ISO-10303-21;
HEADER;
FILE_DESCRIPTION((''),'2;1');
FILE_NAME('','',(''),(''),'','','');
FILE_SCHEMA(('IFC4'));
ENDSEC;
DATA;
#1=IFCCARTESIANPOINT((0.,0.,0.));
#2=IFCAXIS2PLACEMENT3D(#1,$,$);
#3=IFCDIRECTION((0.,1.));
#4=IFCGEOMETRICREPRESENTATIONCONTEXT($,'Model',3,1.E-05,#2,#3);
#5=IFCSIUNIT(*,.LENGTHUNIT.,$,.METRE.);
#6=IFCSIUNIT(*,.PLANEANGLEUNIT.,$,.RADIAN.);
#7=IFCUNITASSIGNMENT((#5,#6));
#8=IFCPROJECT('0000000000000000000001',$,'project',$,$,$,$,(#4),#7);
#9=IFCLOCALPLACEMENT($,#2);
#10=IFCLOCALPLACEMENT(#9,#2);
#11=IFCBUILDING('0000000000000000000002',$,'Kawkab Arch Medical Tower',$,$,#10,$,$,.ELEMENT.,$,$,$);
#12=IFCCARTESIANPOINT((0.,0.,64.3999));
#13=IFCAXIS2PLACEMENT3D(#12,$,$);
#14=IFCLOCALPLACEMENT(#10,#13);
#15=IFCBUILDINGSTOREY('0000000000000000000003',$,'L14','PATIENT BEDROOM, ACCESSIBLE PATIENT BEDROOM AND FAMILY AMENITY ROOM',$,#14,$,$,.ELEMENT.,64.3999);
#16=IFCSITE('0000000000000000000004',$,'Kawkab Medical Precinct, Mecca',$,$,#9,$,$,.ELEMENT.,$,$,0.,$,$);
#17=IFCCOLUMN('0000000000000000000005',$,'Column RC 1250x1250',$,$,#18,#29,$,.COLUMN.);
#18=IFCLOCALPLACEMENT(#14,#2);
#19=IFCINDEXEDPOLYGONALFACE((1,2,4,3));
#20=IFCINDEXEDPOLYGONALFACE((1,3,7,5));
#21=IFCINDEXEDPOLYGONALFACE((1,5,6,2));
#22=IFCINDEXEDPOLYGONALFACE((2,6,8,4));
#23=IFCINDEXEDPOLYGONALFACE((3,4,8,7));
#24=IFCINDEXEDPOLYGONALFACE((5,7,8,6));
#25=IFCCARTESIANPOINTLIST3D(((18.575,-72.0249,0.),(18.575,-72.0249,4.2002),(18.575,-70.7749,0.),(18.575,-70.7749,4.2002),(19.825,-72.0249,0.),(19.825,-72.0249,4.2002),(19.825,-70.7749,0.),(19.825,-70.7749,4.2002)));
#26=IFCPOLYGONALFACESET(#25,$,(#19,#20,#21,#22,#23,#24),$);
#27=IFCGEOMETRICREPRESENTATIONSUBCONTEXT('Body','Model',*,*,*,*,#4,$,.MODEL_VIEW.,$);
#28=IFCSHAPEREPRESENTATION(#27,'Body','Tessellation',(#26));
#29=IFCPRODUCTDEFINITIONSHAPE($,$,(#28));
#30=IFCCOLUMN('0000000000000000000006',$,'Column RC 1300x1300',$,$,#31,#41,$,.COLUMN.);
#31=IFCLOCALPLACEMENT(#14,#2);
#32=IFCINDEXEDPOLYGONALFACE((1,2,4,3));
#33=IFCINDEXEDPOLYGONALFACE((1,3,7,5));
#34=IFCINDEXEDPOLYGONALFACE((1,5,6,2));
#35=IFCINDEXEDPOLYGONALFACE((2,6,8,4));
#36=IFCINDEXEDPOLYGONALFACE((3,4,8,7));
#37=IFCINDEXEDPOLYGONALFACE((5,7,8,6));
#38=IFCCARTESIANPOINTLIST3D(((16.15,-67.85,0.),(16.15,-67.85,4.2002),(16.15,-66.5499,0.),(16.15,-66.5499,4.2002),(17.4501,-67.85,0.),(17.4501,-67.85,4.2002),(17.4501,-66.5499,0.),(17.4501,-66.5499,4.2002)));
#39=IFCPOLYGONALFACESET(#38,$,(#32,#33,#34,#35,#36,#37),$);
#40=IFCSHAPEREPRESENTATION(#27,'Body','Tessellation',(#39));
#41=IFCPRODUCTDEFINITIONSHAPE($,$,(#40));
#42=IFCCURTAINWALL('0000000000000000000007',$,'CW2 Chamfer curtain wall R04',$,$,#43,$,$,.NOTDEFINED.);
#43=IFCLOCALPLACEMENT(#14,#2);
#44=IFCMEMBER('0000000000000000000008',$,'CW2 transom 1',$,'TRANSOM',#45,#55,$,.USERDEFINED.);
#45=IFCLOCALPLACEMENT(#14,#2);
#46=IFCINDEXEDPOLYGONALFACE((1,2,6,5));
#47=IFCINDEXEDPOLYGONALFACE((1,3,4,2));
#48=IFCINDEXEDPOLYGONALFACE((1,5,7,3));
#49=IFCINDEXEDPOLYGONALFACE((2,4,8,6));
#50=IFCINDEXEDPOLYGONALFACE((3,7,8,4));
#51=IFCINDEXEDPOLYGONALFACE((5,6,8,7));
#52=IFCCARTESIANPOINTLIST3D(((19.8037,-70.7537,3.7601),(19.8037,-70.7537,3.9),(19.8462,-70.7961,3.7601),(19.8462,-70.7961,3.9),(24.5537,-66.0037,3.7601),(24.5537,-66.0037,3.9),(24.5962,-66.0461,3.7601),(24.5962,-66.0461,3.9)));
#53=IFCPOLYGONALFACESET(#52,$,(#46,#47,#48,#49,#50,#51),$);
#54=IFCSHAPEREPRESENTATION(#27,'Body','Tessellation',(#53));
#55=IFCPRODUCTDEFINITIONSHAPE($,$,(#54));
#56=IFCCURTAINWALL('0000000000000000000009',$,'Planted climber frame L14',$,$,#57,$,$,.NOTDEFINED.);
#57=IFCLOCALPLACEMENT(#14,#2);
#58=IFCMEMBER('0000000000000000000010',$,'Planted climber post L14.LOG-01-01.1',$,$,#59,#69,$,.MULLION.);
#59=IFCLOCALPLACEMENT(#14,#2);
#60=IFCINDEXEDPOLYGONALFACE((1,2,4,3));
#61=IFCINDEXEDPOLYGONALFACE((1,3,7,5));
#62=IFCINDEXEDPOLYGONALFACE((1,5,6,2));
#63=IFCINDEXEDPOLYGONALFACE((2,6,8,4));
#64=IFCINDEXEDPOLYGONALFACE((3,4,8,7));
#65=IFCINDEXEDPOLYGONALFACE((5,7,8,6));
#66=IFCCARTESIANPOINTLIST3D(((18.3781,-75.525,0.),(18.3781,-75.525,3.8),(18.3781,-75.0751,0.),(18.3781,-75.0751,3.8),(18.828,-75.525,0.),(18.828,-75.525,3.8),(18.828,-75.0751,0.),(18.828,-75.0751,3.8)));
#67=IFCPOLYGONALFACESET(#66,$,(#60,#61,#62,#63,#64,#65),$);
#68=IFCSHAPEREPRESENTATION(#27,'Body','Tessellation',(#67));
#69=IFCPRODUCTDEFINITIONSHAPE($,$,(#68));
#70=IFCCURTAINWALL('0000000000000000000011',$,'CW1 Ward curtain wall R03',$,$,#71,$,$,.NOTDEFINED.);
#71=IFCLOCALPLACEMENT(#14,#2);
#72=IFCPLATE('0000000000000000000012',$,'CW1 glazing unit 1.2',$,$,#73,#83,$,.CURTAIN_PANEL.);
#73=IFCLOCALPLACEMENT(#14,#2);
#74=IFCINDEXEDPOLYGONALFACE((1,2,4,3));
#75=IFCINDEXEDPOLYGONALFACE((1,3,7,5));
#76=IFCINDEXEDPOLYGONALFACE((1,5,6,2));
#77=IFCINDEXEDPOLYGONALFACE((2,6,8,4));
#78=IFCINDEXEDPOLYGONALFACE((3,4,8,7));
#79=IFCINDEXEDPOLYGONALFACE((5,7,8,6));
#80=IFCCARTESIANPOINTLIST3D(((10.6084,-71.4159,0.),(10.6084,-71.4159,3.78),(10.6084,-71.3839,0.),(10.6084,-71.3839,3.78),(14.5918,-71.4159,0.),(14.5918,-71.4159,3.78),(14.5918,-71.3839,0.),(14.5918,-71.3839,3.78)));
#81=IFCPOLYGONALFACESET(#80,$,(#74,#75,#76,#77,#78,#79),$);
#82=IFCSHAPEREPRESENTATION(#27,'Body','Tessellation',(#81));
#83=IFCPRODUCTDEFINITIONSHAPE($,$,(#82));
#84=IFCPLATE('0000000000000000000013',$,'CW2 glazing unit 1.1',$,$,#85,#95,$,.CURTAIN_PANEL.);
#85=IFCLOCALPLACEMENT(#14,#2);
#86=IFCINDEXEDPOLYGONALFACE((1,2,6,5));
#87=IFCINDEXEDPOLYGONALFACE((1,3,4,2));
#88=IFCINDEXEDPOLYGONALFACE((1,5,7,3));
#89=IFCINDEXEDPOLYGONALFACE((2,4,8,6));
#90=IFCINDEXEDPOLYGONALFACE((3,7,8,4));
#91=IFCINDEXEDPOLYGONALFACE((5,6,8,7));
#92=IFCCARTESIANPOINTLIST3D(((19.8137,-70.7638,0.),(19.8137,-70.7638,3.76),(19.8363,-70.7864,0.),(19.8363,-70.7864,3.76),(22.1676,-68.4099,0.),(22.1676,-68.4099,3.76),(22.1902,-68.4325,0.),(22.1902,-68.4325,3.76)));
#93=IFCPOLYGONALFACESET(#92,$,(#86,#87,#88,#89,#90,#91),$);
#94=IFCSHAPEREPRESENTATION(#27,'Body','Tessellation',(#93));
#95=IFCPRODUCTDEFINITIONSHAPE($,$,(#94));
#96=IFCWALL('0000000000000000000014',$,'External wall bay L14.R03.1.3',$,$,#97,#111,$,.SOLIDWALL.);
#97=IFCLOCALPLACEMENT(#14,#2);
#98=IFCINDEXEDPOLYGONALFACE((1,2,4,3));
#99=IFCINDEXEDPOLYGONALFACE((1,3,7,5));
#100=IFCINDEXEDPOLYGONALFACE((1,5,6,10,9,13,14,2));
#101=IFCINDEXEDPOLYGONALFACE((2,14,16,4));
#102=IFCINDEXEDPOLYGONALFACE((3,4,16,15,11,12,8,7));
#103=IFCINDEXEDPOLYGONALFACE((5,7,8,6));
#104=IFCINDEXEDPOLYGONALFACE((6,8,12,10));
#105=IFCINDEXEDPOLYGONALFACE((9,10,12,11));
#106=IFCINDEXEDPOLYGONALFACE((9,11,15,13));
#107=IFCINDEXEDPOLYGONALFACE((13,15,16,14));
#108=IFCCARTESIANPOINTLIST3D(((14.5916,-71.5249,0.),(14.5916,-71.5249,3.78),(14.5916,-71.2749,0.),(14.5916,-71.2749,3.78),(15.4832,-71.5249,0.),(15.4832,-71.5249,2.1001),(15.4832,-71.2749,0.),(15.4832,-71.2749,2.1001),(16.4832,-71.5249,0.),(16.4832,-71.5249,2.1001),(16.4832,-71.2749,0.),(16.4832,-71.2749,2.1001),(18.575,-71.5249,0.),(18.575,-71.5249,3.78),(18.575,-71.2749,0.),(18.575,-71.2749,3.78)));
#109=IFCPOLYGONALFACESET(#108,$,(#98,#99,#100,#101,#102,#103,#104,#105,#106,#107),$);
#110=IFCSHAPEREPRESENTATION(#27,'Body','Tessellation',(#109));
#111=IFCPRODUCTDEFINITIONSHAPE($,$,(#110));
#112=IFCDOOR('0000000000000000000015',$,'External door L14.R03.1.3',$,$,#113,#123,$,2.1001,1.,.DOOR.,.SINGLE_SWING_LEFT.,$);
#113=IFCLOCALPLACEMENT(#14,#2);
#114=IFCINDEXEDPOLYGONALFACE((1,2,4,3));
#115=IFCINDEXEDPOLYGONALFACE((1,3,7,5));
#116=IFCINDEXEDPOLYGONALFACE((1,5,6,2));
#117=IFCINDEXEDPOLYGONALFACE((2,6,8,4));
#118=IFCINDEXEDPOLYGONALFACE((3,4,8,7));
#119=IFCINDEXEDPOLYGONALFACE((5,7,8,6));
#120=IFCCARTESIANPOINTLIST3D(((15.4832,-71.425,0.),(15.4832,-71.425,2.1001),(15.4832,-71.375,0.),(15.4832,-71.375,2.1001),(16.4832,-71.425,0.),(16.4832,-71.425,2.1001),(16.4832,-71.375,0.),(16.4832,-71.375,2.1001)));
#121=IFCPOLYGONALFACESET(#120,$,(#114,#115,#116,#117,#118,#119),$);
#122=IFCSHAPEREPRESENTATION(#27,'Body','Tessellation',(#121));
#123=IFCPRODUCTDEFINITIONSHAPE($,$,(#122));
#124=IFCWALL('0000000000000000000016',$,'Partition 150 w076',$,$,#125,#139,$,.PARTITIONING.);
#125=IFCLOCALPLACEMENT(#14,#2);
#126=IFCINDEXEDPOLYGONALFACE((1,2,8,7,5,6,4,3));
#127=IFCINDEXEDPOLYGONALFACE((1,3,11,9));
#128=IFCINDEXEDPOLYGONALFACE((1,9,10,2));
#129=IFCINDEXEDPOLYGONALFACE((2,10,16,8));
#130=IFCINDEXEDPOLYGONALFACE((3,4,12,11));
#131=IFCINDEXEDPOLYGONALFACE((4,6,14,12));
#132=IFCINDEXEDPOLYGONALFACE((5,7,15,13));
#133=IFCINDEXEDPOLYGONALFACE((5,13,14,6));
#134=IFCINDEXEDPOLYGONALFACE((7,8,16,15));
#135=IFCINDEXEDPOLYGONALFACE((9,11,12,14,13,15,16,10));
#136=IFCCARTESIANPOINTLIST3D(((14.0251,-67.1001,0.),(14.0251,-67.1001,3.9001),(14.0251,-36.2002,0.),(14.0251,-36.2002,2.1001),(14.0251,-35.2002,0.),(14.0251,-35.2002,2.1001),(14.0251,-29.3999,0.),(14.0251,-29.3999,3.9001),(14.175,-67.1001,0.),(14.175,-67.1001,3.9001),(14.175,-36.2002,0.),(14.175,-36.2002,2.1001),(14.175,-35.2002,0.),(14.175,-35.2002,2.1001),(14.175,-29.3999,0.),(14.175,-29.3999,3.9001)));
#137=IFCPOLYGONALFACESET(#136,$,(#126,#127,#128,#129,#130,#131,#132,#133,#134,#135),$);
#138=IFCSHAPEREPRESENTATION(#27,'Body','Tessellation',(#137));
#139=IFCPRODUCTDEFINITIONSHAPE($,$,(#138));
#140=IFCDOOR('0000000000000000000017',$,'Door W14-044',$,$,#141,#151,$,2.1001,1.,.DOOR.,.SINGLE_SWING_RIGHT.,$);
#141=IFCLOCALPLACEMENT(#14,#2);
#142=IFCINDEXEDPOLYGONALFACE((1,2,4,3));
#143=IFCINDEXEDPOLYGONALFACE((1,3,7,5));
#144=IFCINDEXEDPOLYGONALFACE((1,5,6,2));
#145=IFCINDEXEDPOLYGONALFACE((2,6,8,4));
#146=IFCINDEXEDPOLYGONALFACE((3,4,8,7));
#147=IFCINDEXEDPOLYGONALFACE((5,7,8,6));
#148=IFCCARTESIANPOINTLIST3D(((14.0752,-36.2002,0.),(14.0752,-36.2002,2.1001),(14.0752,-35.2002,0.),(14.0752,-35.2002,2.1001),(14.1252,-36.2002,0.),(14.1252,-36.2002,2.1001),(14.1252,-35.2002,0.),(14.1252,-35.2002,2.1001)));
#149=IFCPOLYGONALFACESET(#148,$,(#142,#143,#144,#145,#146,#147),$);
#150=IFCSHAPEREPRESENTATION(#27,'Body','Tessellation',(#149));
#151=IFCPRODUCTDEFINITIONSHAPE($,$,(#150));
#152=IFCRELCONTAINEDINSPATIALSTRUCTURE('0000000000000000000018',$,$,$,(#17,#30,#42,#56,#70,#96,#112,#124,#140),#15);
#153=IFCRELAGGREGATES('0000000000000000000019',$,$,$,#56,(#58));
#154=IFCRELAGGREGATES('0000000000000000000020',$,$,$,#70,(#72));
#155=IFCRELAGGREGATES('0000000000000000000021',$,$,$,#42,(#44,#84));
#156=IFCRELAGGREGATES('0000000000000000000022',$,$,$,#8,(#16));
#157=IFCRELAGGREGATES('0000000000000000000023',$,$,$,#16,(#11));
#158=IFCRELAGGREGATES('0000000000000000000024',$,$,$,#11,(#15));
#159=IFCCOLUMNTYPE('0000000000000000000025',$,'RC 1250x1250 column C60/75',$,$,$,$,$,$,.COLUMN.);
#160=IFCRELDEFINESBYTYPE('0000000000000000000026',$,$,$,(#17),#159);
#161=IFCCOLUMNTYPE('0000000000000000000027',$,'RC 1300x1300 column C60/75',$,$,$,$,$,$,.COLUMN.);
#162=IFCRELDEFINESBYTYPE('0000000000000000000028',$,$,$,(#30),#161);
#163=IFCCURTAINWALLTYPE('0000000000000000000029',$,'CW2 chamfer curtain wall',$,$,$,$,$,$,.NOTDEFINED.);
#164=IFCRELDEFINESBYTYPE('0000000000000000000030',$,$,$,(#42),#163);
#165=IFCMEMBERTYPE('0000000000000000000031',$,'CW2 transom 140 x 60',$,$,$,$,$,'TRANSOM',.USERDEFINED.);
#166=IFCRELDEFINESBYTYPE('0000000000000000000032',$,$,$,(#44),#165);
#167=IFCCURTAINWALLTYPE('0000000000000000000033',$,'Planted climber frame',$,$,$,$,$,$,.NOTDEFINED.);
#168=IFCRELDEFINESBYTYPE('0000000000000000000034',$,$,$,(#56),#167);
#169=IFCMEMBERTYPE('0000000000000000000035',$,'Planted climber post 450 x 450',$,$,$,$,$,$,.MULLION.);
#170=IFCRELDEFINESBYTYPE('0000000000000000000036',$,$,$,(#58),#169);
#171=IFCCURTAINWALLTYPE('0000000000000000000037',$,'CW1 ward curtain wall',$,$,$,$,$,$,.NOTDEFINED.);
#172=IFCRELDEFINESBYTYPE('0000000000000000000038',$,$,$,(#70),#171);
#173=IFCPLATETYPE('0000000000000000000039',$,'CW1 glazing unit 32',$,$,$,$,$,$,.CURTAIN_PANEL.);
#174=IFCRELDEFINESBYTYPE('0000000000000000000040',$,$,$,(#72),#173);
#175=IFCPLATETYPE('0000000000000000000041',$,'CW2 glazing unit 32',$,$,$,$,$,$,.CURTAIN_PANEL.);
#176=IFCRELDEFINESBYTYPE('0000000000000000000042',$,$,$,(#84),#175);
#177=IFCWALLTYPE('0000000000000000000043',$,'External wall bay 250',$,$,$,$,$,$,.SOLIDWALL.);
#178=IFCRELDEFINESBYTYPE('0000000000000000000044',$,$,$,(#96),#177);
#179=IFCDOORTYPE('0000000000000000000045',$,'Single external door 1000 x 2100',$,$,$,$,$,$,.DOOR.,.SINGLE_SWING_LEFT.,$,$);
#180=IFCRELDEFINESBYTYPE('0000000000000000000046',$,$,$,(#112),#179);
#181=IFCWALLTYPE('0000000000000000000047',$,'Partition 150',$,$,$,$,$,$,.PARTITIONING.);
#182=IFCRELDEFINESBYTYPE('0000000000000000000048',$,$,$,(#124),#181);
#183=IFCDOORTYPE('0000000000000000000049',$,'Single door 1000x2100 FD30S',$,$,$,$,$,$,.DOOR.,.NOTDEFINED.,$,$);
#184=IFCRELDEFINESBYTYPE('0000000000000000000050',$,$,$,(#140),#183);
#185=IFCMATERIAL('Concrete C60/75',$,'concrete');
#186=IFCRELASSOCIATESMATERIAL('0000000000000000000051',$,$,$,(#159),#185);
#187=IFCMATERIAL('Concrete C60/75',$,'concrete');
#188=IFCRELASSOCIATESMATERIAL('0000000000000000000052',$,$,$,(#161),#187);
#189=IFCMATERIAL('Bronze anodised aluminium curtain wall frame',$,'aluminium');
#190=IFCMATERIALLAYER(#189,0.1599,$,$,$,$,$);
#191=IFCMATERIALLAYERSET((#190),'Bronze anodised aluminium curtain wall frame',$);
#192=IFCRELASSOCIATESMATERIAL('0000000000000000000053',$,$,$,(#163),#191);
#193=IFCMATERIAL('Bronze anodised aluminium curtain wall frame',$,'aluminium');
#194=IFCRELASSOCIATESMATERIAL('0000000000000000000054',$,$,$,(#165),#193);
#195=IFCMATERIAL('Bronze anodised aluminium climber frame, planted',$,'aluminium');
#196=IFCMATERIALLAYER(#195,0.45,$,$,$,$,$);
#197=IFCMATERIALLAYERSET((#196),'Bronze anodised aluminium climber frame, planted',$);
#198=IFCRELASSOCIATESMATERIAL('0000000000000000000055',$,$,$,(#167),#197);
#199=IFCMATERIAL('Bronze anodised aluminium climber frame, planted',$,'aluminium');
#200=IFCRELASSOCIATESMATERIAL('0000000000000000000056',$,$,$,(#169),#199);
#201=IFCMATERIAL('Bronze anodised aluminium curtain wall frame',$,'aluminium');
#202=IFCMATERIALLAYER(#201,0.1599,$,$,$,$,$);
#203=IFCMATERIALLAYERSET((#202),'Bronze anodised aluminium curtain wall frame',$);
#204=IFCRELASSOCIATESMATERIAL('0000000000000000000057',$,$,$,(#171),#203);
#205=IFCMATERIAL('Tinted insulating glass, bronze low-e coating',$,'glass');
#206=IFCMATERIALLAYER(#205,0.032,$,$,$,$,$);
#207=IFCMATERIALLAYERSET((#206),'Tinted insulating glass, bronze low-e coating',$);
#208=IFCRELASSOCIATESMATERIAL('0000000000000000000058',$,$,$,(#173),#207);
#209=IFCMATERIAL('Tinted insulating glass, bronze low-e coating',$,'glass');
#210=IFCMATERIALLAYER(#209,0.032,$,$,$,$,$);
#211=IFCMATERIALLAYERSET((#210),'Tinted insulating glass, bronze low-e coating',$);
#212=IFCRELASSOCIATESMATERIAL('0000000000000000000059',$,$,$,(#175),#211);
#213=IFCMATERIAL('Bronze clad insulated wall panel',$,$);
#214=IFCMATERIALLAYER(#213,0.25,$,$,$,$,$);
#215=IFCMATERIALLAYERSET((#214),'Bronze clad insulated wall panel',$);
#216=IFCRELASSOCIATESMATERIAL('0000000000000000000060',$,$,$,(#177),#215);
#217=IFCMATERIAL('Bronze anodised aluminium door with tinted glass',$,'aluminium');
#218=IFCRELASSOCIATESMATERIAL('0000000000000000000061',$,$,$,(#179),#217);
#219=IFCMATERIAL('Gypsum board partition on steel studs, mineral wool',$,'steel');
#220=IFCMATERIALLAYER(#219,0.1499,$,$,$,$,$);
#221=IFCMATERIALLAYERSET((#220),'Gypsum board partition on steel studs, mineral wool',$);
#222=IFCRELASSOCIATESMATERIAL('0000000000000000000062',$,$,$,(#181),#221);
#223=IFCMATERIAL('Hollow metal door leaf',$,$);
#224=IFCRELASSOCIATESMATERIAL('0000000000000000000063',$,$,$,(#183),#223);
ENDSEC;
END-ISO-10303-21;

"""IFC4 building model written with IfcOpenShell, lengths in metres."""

from ifc_helpers import new_model, si_unit, direction, frame, frame_2d, origin, origin_2d, place, context, subcontext, project, spatial, rectangle, extrude, material, layer, layer_set, material_profile, profile_set, type_object, element, fill, aggregate, save


model = new_model("IFC4")

# Units and contexts
model_context = context("Model", 3, precision=1e-05, world=origin(), true_north=direction((0.0, 1.0)))
body_context = subcontext(model_context, "Body", "Model", "MODEL_VIEW")
ifc_project = project(units=[si_unit("LENGTHUNIT", "METRE"), si_unit("PLANEANGLEUNIT", "RADIAN")], contexts=[model_context])

# Site, building, storey
site_placement = place(None, origin())
site = spatial("IfcSite", under=ifc_project, at=site_placement, Name="Kawkab Medical Precinct, Mecca", CompositionType="ELEMENT", RefElevation=0.0)
building_placement = place(site_placement, origin())
building = spatial("IfcBuilding", under=site, at=building_placement, Name="Kawkab Arch Medical Tower", CompositionType="ELEMENT")
storey_placement = place(building_placement, frame((0.0, 0.0, 64.3999)))
storey = spatial("IfcBuildingStorey", under=building, at=storey_placement, Name="L14", Description="PATIENT BEDROOM, ACCESSIBLE PATIENT BEDROOM AND FAMILY AMENITY ROOM", CompositionType="ELEMENT", Elevation=64.3999)

# Columns
ifc_material_1 = material(Name="Concrete C60/75", Category="concrete")
ifc_material_profile_1 = material_profile(ifc_material_1, rectangle(XDim=1.25, YDim=1.25, at=origin_2d()), Name="RC 1250x1250")
ifc_profile_set_1 = profile_set([ifc_material_profile_1], Name="Concrete C60/75")
column_type_1 = type_object("IfcColumnType", Name="RC 1250x1250 column C60/75", PredefinedType="COLUMN", material=ifc_profile_set_1)
column_1_placement = place(storey_placement, frame((19.2, -71.3999, 0.0), z_axis=(0.0, 0.0, 1.0), x_axis=(1.0, 0.0, 0.0)))
element("IfcColumn", 1, at=column_1_placement, inside=storey, type_object=column_type_1, Name="Column RC 1250x1250", PredefinedType="COLUMN", context=body_context, shape_type="SweptSolid", body=[
    extrude(rectangle(XDim=1.25, YDim=1.25, at=origin_2d()), origin(), (0.0, 0.0, 1.0), 4.2002),
])
ifc_material_2 = material(Name="Concrete C60/75", Category="concrete")
ifc_material_profile_2 = material_profile(ifc_material_2, rectangle(XDim=1.3, YDim=1.3, at=origin_2d()), Name="RC 1300x1300")
ifc_profile_set_2 = profile_set([ifc_material_profile_2], Name="Concrete C60/75")
column_type_2 = type_object("IfcColumnType", Name="RC 1300x1300 column C60/75", PredefinedType="COLUMN", material=ifc_profile_set_2)
column_2_placement = place(storey_placement, frame((16.8, -67.2, 0.0), z_axis=(0.0, 0.0, 1.0), x_axis=(1.0, 0.0, 0.0)))
element("IfcColumn", 2, at=column_2_placement, inside=storey, type_object=column_type_2, Name="Column RC 1300x1300", PredefinedType="COLUMN", context=body_context, shape_type="SweptSolid", body=[
    extrude(rectangle(XDim=1.3, YDim=1.3, at=origin_2d()), origin(), (0.0, 0.0, 1.0), 4.2002),
])

# Curtain walls, members
ifc_material_3 = material(Name="Bronze anodised aluminium curtain wall frame", Category="aluminium")
ifc_layer_1 = layer(ifc_material_3, 0.1599)
ifc_layer_set_1 = layer_set([ifc_layer_1], Name="Bronze anodised aluminium curtain wall frame")
curtain_wall_type_1 = type_object("IfcCurtainWallType", Name="CW2 chamfer curtain wall", PredefinedType="NOTDEFINED", material=ifc_layer_set_1)
placement = place(storey_placement, origin())
curtain_wall_1 = element("IfcCurtainWall", 3, at=placement, inside=storey, type_object=curtain_wall_type_1, Name="CW2 Chamfer curtain wall R04", PredefinedType="NOTDEFINED")
ifc_material_4 = material(Name="Bronze anodised aluminium curtain wall frame", Category="aluminium")
ifc_material_profile_3 = material_profile(ifc_material_4, rectangle(XDim=0.0601, YDim=0.1399, at=origin_2d()), Name="AL 60x140")
ifc_profile_set_3 = profile_set([ifc_material_profile_3], Name="Bronze anodised aluminium curtain wall frame")
member_type_1 = type_object("IfcMemberType", Name="CW2 transom 140 x 60", ElementType="TRANSOM", PredefinedType="USERDEFINED", material=ifc_profile_set_3)
member_1_placement = place(storey_placement, frame((19.825, -70.7749, 3.8301), z_axis=(0.707107, 0.707107, 0.0), x_axis=(-0.707107, 0.707107, 0.0)))
member_1 = element("IfcMember", 4, at=member_1_placement, type_object=member_type_1, Name="CW2 transom 1", ObjectType="TRANSOM", PredefinedType="USERDEFINED", context=body_context, shape_type="SweptSolid", body=[
    extrude(rectangle(XDim=0.0601, YDim=0.1399, at=origin_2d()), origin(), (0.0, 0.0, 1.0), 6.7175),
])
ifc_material_5 = material(Name="Bronze anodised aluminium climber frame, planted", Category="aluminium")
ifc_layer_2 = layer(ifc_material_5, 0.45)
ifc_layer_set_2 = layer_set([ifc_layer_2], Name="Bronze anodised aluminium climber frame, planted")
curtain_wall_type_2 = type_object("IfcCurtainWallType", Name="Planted climber frame", PredefinedType="NOTDEFINED", material=ifc_layer_set_2)
curtain_wall_2 = element("IfcCurtainWall", 5, at=placement, inside=storey, type_object=curtain_wall_type_2, Name="Planted climber frame L14", PredefinedType="NOTDEFINED")
ifc_material_6 = material(Name="Bronze anodised aluminium climber frame, planted", Category="aluminium")
ifc_material_profile_4 = material_profile(ifc_material_6, rectangle(XDim=0.45, YDim=0.45, at=origin_2d()), Name="Post 450x450")
ifc_profile_set_4 = profile_set([ifc_material_profile_4], Name="Bronze anodised aluminium climber frame, planted")
member_type_2 = type_object("IfcMemberType", Name="Planted climber post 450 x 450", PredefinedType="MULLION", material=ifc_profile_set_4)
member_2_placement = place(storey_placement, frame((18.603, -75.3, 0.0), z_axis=(0.0, 0.0, 1.0), x_axis=(1.0, 0.0, 0.0)))
member_2 = element("IfcMember", 6, at=member_2_placement, type_object=member_type_2, Name="Planted climber post L14.LOG-01-01.1", PredefinedType="MULLION", context=body_context, shape_type="SweptSolid", body=[
    extrude(rectangle(XDim=0.45, YDim=0.45, at=origin_2d()), origin(), (0.0, 0.0, 1.0), 3.8),
])
aggregate(curtain_wall_2, [member_2])

# Curtain wall, plate
ifc_material_7 = material(Name="Bronze anodised aluminium curtain wall frame", Category="aluminium")
ifc_layer_3 = layer(ifc_material_7, 0.1599)
ifc_layer_set_3 = layer_set([ifc_layer_3], Name="Bronze anodised aluminium curtain wall frame")
curtain_wall_type_3 = type_object("IfcCurtainWallType", Name="CW1 ward curtain wall", PredefinedType="NOTDEFINED", material=ifc_layer_set_3)
curtain_wall_3 = element("IfcCurtainWall", 7, at=placement, inside=storey, type_object=curtain_wall_type_3, Name="CW1 Ward curtain wall R03", PredefinedType="NOTDEFINED")
ifc_material_8 = material(Name="Tinted insulating glass, bronze low-e coating", Category="glass")
ifc_layer_4 = layer(ifc_material_8, 0.032)
ifc_layer_set_4 = layer_set([ifc_layer_4], Name="Tinted insulating glass, bronze low-e coating")
plate_type_1 = type_object("IfcPlateType", Name="CW1 glazing unit 32", PredefinedType="CURTAIN_PANEL", material=ifc_layer_set_4)
plate_1_placement = place(storey_placement, frame((12.6001, -71.3999, 0.0), z_axis=(0.0, 0.0, 1.0), x_axis=(1.0, 0.0, 0.0)))
plate_1 = element("IfcPlate", 8, at=plate_1_placement, type_object=plate_type_1, Name="CW1 glazing unit 1.2", PredefinedType="CURTAIN_PANEL", context=body_context, shape_type="SweptSolid", body=[
    extrude(rectangle(XDim=3.9834, YDim=0.032, at=origin_2d()), origin(), (0.0, 0.0, 1.0), 3.78),
])
aggregate(curtain_wall_3, [plate_1])

# Plate
ifc_material_9 = material(Name="Tinted insulating glass, bronze low-e coating", Category="glass")
ifc_layer_5 = layer(ifc_material_9, 0.032)
ifc_layer_set_5 = layer_set([ifc_layer_5], Name="Tinted insulating glass, bronze low-e coating")
plate_type_2 = type_object("IfcPlateType", Name="CW2 glazing unit 32", PredefinedType="CURTAIN_PANEL", material=ifc_layer_set_5)
plate_2_placement = place(storey_placement, frame((21.002, -69.5981, 0.0), z_axis=(0.0, 0.0, 1.0), x_axis=(0.707107, 0.707107, 0.0)))
plate_2 = element("IfcPlate", 9, at=plate_2_placement, type_object=plate_type_2, Name="CW2 glazing unit 1.1", PredefinedType="CURTAIN_PANEL", context=body_context, shape_type="SweptSolid", body=[
    extrude(rectangle(XDim=3.3289, YDim=0.032, at=origin_2d()), origin(), (0.0, 0.0, 1.0), 3.76),
])
aggregate(curtain_wall_1, [member_1, plate_2])

# Walls, openings, doors
ifc_material_10 = material(Name="Bronze clad insulated wall panel")
ifc_layer_6 = layer(ifc_material_10, 0.25)
ifc_layer_set_6 = layer_set([ifc_layer_6], Name="Bronze clad insulated wall panel")
wall_type_1 = type_object("IfcWallType", Name="External wall bay 250", PredefinedType="SOLIDWALL", material=ifc_layer_set_6)
wall_1_placement = place(storey_placement, frame((14.5916, -71.3999, 0.0), z_axis=(0.0, 0.0, 1.0), x_axis=(1.0, 0.0, 0.0)))
wall_1 = element("IfcWall", 10, at=wall_1_placement, inside=storey, type_object=wall_type_1, Name="External wall bay L14.R03.1.3", PredefinedType="SOLIDWALL", context=body_context, shape_type="SweptSolid", body=[
    extrude(rectangle(XDim=3.9834, YDim=0.25, at=frame_2d((1.9917, 0.0))), origin(), (0.0, 0.0, 1.0), 3.78),
])
opening_1_placement = place(wall_1_placement, frame((0.8916, 0.0, 0.0)))
opening_1 = element("IfcOpeningElement", 11, at=opening_1_placement, cuts=wall_1, PredefinedType="OPENING", context=body_context, shape_type="SweptSolid", body=[
    extrude(rectangle(XDim=1.0, YDim=2.1001, at=frame_2d((0.5, 1.05))), frame((0.0, 0.135, 0.0), z_axis=(0.0, -1.0, 0.0), x_axis=(1.0, 0.0, 0.0)), (0.0, 0.0, 1.0), 0.27),
])
ifc_material_11 = material(Name="Bronze anodised aluminium door with tinted glass", Category="aluminium")
door_type_1 = type_object("IfcDoorType", Name="Single external door 1000 x 2100", OperationType="SINGLE_SWING_LEFT", PredefinedType="DOOR", material=ifc_material_11)
door_1_placement = place(opening_1_placement, origin())
door_1 = element("IfcDoor", 12, at=door_1_placement, inside=storey, type_object=door_type_1, Name="External door L14.R03.1.3", OperationType="SINGLE_SWING_LEFT", OverallHeight=2.1001, OverallWidth=1.0, PredefinedType="DOOR", context=body_context, shape_type="SweptSolid", body=[
    extrude(rectangle(XDim=1.0, YDim=2.1001, at=frame_2d((0.5, 1.05))), frame((0.0, 0.0249, 0.0), z_axis=(0.0, -1.0, 0.0), x_axis=(1.0, 0.0, 0.0)), (0.0, 0.0, 1.0), 0.05),
])
fill(opening_1, door_1)
ifc_material_12 = material(Name="Gypsum board partition on steel studs, mineral wool", Category="steel")
ifc_layer_7 = layer(ifc_material_12, 0.1499)
ifc_layer_set_7 = layer_set([ifc_layer_7], Name="Gypsum board partition on steel studs, mineral wool")
wall_type_2 = type_object("IfcWallType", Name="Partition 150", PredefinedType="PARTITIONING", material=ifc_layer_set_7)
wall_2_placement = place(storey_placement, frame((14.1001, -67.1001, 0.0), z_axis=(0.0, 0.0, 1.0), x_axis=(0.0, 1.0, 0.0)))
wall_2 = element("IfcWall", 13, at=wall_2_placement, inside=storey, type_object=wall_type_2, Name="Partition 150 w076", PredefinedType="PARTITIONING", context=body_context, shape_type="SweptSolid", body=[
    extrude(rectangle(XDim=37.7002, YDim=0.1499, at=frame_2d((18.8501, 0.0))), origin(), (0.0, 0.0, 1.0), 3.9001),
])
opening_2_placement = place(wall_2_placement, frame((30.8999, 0.0, 0.0)))
opening_2 = element("IfcOpeningElement", 14, at=opening_2_placement, cuts=wall_2, PredefinedType="OPENING", context=body_context, shape_type="SweptSolid", body=[
    extrude(rectangle(XDim=1.0, YDim=2.1001, at=frame_2d((0.5, 1.05))), frame((0.0, 0.085, 0.0), z_axis=(0.0, -1.0, 0.0), x_axis=(1.0, 0.0, 0.0)), (0.0, 0.0, 1.0), 0.1699),
])
ifc_material_13 = material(Name="Hollow metal door leaf")
door_type_2 = type_object("IfcDoorType", Name="Single door 1000x2100 FD30S", OperationType="NOTDEFINED", PredefinedType="DOOR", material=ifc_material_13)
door_2_placement = place(opening_2_placement, origin())
door_2 = element("IfcDoor", 15, at=door_2_placement, inside=storey, type_object=door_type_2, Name="Door W14-044", OperationType="SINGLE_SWING_RIGHT", OverallHeight=2.1001, OverallWidth=1.0, PredefinedType="DOOR", context=body_context, shape_type="SweptSolid", body=[
    extrude(rectangle(XDim=1.0, YDim=2.1001, at=frame_2d((0.5, 1.05))), frame((0.0, 0.0249, 0.0), z_axis=(0.0, -1.0, 0.0), x_axis=(1.0, 0.0, 0.0)), (0.0, 0.0, 1.0), 0.05),
])
fill(opening_2, door_2)

save(model, "model.ifc")
